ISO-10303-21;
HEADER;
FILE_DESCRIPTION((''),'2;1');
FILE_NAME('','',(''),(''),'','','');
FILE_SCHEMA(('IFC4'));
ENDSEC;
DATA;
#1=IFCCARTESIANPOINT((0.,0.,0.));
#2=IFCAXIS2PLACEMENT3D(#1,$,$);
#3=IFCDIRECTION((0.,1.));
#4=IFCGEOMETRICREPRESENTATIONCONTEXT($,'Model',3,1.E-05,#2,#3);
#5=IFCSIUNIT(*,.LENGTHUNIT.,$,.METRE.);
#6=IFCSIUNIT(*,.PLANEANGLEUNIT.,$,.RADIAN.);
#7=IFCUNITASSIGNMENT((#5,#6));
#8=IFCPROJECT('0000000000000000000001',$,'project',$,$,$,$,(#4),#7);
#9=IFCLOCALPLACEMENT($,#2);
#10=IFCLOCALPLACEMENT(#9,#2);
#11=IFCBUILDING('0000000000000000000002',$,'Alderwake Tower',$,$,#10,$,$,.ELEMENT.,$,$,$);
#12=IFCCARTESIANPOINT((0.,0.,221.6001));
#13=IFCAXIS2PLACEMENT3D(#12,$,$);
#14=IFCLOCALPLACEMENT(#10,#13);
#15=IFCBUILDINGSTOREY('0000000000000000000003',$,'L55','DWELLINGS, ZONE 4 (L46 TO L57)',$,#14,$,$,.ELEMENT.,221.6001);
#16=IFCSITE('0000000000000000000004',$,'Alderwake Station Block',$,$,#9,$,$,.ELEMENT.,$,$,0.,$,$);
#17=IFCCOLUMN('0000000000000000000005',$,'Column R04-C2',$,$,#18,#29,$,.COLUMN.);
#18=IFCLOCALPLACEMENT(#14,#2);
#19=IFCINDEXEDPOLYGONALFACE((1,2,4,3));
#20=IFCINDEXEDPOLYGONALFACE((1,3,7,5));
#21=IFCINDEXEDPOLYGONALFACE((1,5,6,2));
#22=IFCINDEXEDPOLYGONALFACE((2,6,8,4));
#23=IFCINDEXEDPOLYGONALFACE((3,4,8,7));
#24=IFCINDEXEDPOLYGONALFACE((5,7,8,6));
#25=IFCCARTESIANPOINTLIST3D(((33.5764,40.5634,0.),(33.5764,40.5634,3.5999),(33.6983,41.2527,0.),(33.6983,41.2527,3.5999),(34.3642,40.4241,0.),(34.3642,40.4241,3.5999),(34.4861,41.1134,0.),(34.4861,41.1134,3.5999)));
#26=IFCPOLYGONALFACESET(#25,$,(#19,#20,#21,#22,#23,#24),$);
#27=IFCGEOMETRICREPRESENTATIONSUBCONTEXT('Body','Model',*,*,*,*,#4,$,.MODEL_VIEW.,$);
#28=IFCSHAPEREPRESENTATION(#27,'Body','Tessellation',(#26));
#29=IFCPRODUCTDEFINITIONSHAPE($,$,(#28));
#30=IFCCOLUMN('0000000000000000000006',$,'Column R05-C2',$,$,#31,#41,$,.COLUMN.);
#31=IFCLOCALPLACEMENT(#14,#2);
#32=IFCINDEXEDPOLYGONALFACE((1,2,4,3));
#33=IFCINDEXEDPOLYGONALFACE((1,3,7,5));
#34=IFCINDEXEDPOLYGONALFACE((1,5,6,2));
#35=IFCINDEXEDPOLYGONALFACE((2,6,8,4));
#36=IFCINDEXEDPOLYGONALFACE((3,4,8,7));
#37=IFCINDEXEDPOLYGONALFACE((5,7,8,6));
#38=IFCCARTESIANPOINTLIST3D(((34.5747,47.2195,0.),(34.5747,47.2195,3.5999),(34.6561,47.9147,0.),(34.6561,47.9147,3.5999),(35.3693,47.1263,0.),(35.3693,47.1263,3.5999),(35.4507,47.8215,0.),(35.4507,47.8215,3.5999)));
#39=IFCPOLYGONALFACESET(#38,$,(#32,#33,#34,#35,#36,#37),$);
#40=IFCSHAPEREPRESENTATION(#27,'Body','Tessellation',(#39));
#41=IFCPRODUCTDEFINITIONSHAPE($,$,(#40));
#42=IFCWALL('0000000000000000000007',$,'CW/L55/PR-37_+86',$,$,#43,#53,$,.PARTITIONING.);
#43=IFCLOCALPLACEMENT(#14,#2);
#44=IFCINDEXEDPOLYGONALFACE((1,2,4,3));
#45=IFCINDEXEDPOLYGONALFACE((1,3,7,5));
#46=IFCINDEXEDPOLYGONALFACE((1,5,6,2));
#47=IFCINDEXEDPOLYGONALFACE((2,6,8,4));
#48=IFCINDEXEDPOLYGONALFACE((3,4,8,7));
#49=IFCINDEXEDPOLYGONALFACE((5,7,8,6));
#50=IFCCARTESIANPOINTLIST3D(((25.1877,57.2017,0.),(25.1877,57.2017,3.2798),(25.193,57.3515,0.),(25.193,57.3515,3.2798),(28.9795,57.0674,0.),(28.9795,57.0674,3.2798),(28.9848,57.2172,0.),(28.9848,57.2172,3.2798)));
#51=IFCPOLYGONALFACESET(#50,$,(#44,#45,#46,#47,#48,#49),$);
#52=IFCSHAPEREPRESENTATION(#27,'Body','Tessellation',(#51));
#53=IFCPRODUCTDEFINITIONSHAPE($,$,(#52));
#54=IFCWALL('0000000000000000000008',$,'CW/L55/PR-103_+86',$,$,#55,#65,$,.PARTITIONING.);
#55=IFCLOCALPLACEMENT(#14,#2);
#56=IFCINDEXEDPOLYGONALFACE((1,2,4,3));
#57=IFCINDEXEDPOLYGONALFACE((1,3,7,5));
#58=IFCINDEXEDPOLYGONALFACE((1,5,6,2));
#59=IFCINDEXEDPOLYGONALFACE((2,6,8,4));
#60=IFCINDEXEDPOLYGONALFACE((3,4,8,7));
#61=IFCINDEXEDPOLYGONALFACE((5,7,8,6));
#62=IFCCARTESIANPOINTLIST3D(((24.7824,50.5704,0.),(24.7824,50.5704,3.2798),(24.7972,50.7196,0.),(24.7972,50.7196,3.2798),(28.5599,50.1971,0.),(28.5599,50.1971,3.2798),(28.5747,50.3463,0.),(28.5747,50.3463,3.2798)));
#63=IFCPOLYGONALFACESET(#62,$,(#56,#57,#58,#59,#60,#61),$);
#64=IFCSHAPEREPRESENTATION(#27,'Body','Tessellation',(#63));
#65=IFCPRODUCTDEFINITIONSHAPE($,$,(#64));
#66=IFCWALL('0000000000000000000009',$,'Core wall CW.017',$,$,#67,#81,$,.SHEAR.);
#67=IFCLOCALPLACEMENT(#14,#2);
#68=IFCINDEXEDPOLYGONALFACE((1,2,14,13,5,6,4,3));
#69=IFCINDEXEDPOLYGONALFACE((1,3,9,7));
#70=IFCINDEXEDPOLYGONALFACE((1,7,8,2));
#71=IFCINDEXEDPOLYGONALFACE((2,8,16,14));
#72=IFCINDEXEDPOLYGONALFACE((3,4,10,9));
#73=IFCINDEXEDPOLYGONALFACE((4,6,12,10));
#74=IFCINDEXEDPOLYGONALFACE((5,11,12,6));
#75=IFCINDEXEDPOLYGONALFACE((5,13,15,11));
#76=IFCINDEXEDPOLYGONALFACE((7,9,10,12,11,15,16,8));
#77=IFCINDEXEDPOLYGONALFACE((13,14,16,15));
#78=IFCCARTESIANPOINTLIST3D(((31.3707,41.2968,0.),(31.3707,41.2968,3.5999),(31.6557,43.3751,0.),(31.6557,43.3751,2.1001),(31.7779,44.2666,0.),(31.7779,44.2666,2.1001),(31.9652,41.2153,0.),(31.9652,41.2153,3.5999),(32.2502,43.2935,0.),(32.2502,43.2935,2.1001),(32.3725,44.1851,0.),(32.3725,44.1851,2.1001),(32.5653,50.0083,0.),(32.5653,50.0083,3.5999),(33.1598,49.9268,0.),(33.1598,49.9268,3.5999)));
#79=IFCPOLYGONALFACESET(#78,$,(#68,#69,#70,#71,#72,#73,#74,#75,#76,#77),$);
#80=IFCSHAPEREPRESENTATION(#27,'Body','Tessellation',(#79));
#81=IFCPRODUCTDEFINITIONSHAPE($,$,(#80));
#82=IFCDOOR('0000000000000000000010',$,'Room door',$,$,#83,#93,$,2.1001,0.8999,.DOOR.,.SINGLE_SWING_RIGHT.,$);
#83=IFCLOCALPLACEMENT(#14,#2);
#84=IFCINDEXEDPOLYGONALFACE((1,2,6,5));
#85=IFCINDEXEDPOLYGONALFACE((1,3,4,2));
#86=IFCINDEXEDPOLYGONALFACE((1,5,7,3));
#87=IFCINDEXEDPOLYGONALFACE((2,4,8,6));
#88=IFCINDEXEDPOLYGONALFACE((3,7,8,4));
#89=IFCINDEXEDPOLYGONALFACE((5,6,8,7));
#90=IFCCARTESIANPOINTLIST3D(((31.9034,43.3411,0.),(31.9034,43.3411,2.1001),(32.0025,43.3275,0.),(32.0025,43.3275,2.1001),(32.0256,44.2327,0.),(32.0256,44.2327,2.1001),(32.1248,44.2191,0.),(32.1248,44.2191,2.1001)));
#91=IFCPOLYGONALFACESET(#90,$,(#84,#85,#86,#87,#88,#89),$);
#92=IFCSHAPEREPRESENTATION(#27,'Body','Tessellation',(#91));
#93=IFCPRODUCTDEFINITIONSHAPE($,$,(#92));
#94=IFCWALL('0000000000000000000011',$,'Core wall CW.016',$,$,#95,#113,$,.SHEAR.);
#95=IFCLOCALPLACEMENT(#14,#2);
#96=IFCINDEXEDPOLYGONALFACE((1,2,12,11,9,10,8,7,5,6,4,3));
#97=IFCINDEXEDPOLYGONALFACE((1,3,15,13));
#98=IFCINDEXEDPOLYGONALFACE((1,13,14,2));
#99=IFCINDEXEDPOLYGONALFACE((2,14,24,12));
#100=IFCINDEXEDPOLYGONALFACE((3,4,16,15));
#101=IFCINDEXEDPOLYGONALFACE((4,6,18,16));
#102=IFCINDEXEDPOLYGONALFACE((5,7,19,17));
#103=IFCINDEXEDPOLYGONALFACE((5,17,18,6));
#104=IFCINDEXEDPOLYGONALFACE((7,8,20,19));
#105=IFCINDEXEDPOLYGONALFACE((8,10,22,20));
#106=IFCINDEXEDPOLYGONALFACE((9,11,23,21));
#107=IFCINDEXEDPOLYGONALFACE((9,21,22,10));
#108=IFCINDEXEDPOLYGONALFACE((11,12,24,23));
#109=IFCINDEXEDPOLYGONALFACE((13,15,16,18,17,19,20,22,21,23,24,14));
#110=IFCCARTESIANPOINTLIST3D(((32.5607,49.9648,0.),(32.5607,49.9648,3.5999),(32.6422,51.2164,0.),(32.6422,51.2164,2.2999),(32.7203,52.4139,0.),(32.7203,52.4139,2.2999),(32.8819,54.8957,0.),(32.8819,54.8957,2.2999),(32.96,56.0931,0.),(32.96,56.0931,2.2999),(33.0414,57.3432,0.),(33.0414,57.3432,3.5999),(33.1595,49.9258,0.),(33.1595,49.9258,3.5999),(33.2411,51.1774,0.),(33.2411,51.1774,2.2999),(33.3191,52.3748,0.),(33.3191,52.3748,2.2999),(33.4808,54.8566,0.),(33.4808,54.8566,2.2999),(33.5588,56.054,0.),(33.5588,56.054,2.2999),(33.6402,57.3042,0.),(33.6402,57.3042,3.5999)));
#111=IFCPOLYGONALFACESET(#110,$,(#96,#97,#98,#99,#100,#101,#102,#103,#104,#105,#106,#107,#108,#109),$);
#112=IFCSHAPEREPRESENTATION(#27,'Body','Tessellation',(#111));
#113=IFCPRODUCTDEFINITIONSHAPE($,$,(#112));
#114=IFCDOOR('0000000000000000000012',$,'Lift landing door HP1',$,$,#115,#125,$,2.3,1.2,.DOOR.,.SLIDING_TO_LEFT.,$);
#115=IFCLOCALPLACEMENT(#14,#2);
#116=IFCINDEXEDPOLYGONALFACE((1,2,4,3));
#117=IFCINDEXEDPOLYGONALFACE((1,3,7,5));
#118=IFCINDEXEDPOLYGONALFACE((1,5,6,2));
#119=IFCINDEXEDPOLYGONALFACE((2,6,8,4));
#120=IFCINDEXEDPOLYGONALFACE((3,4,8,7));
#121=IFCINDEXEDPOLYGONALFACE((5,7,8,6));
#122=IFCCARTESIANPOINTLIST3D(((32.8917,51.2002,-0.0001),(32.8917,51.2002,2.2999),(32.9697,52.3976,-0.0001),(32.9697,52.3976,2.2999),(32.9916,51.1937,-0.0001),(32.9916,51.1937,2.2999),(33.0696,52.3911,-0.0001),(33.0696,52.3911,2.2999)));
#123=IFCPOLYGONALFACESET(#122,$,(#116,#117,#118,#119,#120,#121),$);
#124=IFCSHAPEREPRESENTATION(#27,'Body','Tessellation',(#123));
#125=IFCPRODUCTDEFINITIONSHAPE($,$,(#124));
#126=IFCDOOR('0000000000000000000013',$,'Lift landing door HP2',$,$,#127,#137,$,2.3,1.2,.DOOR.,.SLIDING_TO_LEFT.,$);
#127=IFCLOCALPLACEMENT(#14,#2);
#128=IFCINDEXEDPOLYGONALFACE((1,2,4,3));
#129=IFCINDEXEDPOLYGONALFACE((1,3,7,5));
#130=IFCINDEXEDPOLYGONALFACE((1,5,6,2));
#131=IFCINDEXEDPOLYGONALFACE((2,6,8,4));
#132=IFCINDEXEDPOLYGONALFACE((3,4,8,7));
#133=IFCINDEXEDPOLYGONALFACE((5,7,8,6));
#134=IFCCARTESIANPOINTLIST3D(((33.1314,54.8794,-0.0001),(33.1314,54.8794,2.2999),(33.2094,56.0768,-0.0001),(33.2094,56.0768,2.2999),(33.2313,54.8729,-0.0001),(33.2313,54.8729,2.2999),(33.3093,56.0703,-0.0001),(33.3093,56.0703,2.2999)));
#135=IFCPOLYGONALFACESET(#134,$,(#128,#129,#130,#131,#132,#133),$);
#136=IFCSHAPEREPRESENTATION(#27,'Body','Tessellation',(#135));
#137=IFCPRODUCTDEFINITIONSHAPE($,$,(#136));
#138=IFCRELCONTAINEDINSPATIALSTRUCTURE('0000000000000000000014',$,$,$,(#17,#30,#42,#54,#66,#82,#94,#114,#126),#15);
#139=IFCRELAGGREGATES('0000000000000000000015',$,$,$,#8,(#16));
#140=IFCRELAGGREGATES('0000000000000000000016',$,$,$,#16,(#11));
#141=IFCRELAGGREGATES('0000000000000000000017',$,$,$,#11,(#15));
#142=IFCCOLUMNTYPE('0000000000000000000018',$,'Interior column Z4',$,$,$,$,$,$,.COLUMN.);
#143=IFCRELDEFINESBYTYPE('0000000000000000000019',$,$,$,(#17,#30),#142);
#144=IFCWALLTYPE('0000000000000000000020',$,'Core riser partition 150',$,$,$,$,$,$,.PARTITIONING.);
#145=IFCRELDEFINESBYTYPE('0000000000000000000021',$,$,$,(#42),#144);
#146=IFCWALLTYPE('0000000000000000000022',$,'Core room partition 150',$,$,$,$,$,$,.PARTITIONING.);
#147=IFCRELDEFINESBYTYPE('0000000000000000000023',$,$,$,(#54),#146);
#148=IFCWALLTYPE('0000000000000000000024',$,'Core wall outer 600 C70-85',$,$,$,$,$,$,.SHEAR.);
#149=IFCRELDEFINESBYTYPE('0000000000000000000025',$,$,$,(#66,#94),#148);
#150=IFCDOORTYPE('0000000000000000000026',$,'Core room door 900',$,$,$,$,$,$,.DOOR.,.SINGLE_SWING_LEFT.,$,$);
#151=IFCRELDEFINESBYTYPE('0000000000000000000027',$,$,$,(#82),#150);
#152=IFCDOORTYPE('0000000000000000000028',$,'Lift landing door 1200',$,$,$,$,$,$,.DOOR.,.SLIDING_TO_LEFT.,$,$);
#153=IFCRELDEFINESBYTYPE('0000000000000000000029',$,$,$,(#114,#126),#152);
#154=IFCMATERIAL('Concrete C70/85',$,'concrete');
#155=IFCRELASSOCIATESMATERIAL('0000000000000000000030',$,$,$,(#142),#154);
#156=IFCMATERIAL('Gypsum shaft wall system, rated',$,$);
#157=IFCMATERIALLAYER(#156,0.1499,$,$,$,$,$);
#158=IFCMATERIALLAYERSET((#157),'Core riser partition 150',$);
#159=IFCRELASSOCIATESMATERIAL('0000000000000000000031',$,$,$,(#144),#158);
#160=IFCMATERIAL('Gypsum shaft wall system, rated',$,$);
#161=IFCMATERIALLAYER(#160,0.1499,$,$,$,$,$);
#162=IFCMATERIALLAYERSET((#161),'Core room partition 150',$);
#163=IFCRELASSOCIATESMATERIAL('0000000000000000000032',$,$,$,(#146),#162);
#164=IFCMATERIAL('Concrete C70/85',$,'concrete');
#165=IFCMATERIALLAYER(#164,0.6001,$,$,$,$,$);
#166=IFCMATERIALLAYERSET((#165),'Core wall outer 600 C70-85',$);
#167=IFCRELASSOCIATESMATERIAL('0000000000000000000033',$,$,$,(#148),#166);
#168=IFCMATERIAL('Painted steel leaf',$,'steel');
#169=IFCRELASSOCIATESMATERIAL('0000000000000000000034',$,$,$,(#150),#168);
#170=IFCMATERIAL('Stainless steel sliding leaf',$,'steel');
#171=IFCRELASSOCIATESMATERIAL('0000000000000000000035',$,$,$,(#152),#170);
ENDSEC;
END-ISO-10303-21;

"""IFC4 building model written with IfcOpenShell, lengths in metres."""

from ifc_helpers import new_model, si_unit, direction, frame, frame_2d, origin, origin_2d, place, context, subcontext, project, spatial, rectangle, extrude, material, layer, layer_set, material_profile, profile_set, type_object, element, fill, save


model = new_model("IFC4")

# Units and contexts
model_context = context("Model", 3, precision=1e-05, world=origin(), true_north=direction((0.0, 1.0)))
body_context = subcontext(model_context, "Body", "Model", "MODEL_VIEW")
ifc_project = project(units=[si_unit("LENGTHUNIT", "METRE"), si_unit("PLANEANGLEUNIT", "RADIAN")], contexts=[model_context])

# Site, building, storey
site_placement = place(None, origin())
site = spatial("IfcSite", under=ifc_project, at=site_placement, Name="Alderwake Station Block", CompositionType="ELEMENT", RefElevation=0.0)
building_placement = place(site_placement, origin())
building = spatial("IfcBuilding", under=site, at=building_placement, Name="Alderwake Tower", CompositionType="ELEMENT")
storey_placement = place(building_placement, frame((0.0, 0.0, 221.6001)))
storey = spatial("IfcBuildingStorey", under=building, at=storey_placement, Name="L55", Description="DWELLINGS, ZONE 4 (L46 TO L57)", CompositionType="ELEMENT", Elevation=221.6001)

# Columns
ifc_material_1 = material(Name="Concrete C70/85", Category="concrete")
ifc_material_profile = material_profile(ifc_material_1, rectangle(XDim=0.7, YDim=0.8, at=origin_2d()), Name="RC 800X700")
ifc_profile_set = profile_set([ifc_material_profile], Name="Concrete C70/85")
column_type = type_object("IfcColumnType", Name="Interior column Z4", PredefinedType="COLUMN", material=ifc_profile_set)
for number, where, z_axis, x_axis, name in (
    (1, (34.0312, 40.8384, 0.0), (0.0, 0.0, 1.0), (0.174109, 0.984726, 0.0), "Column R04-C2"),
    (2, (35.0127, 47.5205, 0.0), (0.0, 0.0, 1.0), (0.116402, 0.993202, 0.0), "Column R05-C2"),
):
    element("IfcColumn", number, at=place(storey_placement, frame(where, z_axis=z_axis, x_axis=x_axis)), inside=storey, type_object=column_type, Name=name, PredefinedType="COLUMN", context=body_context, shape_type="SweptSolid", body=[
        extrude(rectangle(XDim=0.7, YDim=0.8, at=origin_2d()), origin(), (0.0, 0.0, 1.0), 3.5999),
    ])

# Walls
ifc_material_2 = material(Name="Gypsum shaft wall system, rated")
ifc_layer_1 = layer(ifc_material_2, 0.1499)
ifc_layer_set_1 = layer_set([ifc_layer_1], Name="Core riser partition 150")
wall_type_1 = type_object("IfcWallType", Name="Core riser partition 150", PredefinedType="PARTITIONING", material=ifc_layer_set_1)
wall_1_placement = place(storey_placement, frame((25.1904, 57.2766, 0.0), z_axis=(0.0, 0.0, 1.0), x_axis=(0.999374, -0.035391, 0.0)))
element("IfcWall", 3, at=wall_1_placement, inside=storey, type_object=wall_type_1, Name="CW/L55/PR-37_+86", PredefinedType="PARTITIONING", context=body_context, shape_type="SweptSolid", body=[
    extrude(rectangle(XDim=3.7942, YDim=0.1499, at=frame_2d((1.897, 0.0))), origin(), (0.0, 0.0, 1.0), 3.2798),
])
ifc_material_3 = material(Name="Gypsum shaft wall system, rated")
ifc_layer_2 = layer(ifc_material_3, 0.1499)
ifc_layer_set_2 = layer_set([ifc_layer_2], Name="Core room partition 150")
wall_type_2 = type_object("IfcWallType", Name="Core room partition 150", PredefinedType="PARTITIONING", material=ifc_layer_set_2)
wall_2_placement = place(storey_placement, frame((24.7898, 50.645, 0.0), z_axis=(0.0, 0.0, 1.0), x_axis=(0.995153, -0.098338, 0.0)))
element("IfcWall", 4, at=wall_2_placement, inside=storey, type_object=wall_type_2, Name="CW/L55/PR-103_+86", PredefinedType="PARTITIONING", context=body_context, shape_type="SweptSolid", body=[
    extrude(rectangle(XDim=3.7959, YDim=0.1499, at=frame_2d((1.8979, 0.0))), origin(), (0.0, 0.0, 1.0), 3.2798),
])

# Wall, opening, door
ifc_material_4 = material(Name="Concrete C70/85", Category="concrete")
ifc_layer_3 = layer(ifc_material_4, 0.6001)
ifc_layer_set_3 = layer_set([ifc_layer_3], Name="Core wall outer 600 C70-85")
wall_type_3 = type_object("IfcWallType", Name="Core wall outer 600 C70-85", PredefinedType="SHEAR", material=ifc_layer_set_3)
wall_3_placement = place(storey_placement, frame((32.8625, 49.9675, 0.0), z_axis=(0.0, 0.0, 1.0), x_axis=(-0.135857, -0.990729, 0.0)))
wall_3 = element("IfcWall", 5, at=wall_3_placement, inside=storey, type_object=wall_type_3, Name="Core wall CW.017", PredefinedType="SHEAR", context=body_context, shape_type="SweptSolid", body=[
    extrude(rectangle(XDim=8.793, YDim=0.6001, at=frame_2d((4.3965, 0.0))), origin(), (0.0, 0.0, 1.0), 3.5999),
])
opening_1_placement = place(wall_3_placement, frame((5.7954, 0.0, 0.0)))
opening_1 = element("IfcOpeningElement", 6, at=opening_1_placement, cuts=wall_3, PredefinedType="OPENING", context=body_context, shape_type="SweptSolid", body=[
    extrude(rectangle(XDim=0.8999, YDim=2.1001, at=frame_2d((0.45, 1.05))), frame((0.0, 0.3101, 0.0), z_axis=(0.0, -1.0, 0.0), x_axis=(1.0, 0.0, 0.0)), (0.0, 0.0, 1.0), 0.6201),
])
ifc_material_5 = material(Name="Painted steel leaf", Category="steel")
door_type_1 = type_object("IfcDoorType", Name="Core room door 900", OperationType="SINGLE_SWING_LEFT", PredefinedType="DOOR", material=ifc_material_5)
door_1_placement = place(opening_1_placement, origin())
door_1 = element("IfcDoor", 7, at=door_1_placement, inside=storey, type_object=door_type_1, Name="Room door", OperationType="SINGLE_SWING_RIGHT", OverallHeight=2.1001, OverallWidth=0.8999, PredefinedType="DOOR", context=body_context, shape_type="SweptSolid", body=[
    extrude(rectangle(XDim=0.8999, YDim=2.1001, at=frame_2d((0.45, 1.05))), frame((0.0, 0.05, 0.0), z_axis=(0.0, -1.0, 0.0), x_axis=(1.0, 0.0, 0.0)), (0.0, 0.0, 1.0), 0.1001),
])
fill(opening_1, door_1)

# Wall, openings, doors
wall_4_placement = place(storey_placement, frame((32.8601, 49.9453, 0.0), z_axis=(0.0, 0.0, 1.0), x_axis=(0.065013, 0.997884, 0.0)))
wall_4 = element("IfcWall", 8, at=wall_4_placement, inside=storey, type_object=wall_type_3, Name="Core wall CW.016", PredefinedType="SHEAR", context=body_context, shape_type="SweptSolid", body=[
    extrude(rectangle(XDim=7.394, YDim=0.6001, at=frame_2d((3.697, 0.0))), origin(), (0.0, 0.0, 1.0), 3.5999),
])
opening_2_placement = place(wall_4_placement, frame((1.2542, 0.0, 0.0)))
opening_2 = element("IfcOpeningElement", 9, at=opening_2_placement, cuts=wall_4, PredefinedType="OPENING", context=body_context, shape_type="SweptSolid", body=[
    extrude(rectangle(XDim=1.2, YDim=2.3, at=frame_2d((0.6001, 1.1499))), frame((0.0, 0.3101, 0.0), z_axis=(0.0, -1.0, 0.0), x_axis=(1.0, 0.0, 0.0)), (0.0, 0.0, 1.0), 0.6201),
])
opening_3_placement = place(wall_4_placement, frame((4.9412, 0.0, 0.0)))
opening_3 = element("IfcOpeningElement", 10, at=opening_3_placement, cuts=wall_4, PredefinedType="OPENING", context=body_context, shape_type="SweptSolid", body=[
    extrude(rectangle(XDim=1.2, YDim=2.3, at=frame_2d((0.6001, 1.1499))), frame((0.0, 0.3101, 0.0), z_axis=(0.0, -1.0, 0.0), x_axis=(1.0, 0.0, 0.0)), (0.0, 0.0, 1.0), 0.6201),
])
ifc_material_6 = material(Name="Stainless steel sliding leaf", Category="steel")
door_type_2 = type_object("IfcDoorType", Name="Lift landing door 1200", OperationType="SLIDING_TO_LEFT", PredefinedType="DOOR", material=ifc_material_6)
door_2_placement = place(opening_2_placement, origin())
door_2 = element("IfcDoor", 11, at=door_2_placement, inside=storey, type_object=door_type_2, Name="Lift landing door HP1", OperationType="SLIDING_TO_LEFT", OverallHeight=2.3, OverallWidth=1.2, PredefinedType="DOOR", context=body_context, shape_type="SweptSolid", body=[
    extrude(rectangle(XDim=1.2, YDim=2.3, at=frame_2d((0.6001, 1.1499))), frame((0.0, 0.05, 0.0), z_axis=(0.0, -1.0, 0.0), x_axis=(1.0, 0.0, 0.0)), (0.0, 0.0, 1.0), 0.1001),
])
fill(opening_2, door_2)
door_3_placement = place(opening_3_placement, origin())
door_3 = element("IfcDoor", 12, at=door_3_placement, inside=storey, type_object=door_type_2, Name="Lift landing door HP2", OperationType="SLIDING_TO_LEFT", OverallHeight=2.3, OverallWidth=1.2, PredefinedType="DOOR", context=body_context, shape_type="SweptSolid", body=[
    extrude(rectangle(XDim=1.2, YDim=2.3, at=frame_2d((0.6001, 1.1499))), frame((0.0, 0.05, 0.0), z_axis=(0.0, -1.0, 0.0), x_axis=(1.0, 0.0, 0.0)), (0.0, 0.0, 1.0), 0.1001),
])
fill(opening_3, door_3)

save(model, "model.ifc")
